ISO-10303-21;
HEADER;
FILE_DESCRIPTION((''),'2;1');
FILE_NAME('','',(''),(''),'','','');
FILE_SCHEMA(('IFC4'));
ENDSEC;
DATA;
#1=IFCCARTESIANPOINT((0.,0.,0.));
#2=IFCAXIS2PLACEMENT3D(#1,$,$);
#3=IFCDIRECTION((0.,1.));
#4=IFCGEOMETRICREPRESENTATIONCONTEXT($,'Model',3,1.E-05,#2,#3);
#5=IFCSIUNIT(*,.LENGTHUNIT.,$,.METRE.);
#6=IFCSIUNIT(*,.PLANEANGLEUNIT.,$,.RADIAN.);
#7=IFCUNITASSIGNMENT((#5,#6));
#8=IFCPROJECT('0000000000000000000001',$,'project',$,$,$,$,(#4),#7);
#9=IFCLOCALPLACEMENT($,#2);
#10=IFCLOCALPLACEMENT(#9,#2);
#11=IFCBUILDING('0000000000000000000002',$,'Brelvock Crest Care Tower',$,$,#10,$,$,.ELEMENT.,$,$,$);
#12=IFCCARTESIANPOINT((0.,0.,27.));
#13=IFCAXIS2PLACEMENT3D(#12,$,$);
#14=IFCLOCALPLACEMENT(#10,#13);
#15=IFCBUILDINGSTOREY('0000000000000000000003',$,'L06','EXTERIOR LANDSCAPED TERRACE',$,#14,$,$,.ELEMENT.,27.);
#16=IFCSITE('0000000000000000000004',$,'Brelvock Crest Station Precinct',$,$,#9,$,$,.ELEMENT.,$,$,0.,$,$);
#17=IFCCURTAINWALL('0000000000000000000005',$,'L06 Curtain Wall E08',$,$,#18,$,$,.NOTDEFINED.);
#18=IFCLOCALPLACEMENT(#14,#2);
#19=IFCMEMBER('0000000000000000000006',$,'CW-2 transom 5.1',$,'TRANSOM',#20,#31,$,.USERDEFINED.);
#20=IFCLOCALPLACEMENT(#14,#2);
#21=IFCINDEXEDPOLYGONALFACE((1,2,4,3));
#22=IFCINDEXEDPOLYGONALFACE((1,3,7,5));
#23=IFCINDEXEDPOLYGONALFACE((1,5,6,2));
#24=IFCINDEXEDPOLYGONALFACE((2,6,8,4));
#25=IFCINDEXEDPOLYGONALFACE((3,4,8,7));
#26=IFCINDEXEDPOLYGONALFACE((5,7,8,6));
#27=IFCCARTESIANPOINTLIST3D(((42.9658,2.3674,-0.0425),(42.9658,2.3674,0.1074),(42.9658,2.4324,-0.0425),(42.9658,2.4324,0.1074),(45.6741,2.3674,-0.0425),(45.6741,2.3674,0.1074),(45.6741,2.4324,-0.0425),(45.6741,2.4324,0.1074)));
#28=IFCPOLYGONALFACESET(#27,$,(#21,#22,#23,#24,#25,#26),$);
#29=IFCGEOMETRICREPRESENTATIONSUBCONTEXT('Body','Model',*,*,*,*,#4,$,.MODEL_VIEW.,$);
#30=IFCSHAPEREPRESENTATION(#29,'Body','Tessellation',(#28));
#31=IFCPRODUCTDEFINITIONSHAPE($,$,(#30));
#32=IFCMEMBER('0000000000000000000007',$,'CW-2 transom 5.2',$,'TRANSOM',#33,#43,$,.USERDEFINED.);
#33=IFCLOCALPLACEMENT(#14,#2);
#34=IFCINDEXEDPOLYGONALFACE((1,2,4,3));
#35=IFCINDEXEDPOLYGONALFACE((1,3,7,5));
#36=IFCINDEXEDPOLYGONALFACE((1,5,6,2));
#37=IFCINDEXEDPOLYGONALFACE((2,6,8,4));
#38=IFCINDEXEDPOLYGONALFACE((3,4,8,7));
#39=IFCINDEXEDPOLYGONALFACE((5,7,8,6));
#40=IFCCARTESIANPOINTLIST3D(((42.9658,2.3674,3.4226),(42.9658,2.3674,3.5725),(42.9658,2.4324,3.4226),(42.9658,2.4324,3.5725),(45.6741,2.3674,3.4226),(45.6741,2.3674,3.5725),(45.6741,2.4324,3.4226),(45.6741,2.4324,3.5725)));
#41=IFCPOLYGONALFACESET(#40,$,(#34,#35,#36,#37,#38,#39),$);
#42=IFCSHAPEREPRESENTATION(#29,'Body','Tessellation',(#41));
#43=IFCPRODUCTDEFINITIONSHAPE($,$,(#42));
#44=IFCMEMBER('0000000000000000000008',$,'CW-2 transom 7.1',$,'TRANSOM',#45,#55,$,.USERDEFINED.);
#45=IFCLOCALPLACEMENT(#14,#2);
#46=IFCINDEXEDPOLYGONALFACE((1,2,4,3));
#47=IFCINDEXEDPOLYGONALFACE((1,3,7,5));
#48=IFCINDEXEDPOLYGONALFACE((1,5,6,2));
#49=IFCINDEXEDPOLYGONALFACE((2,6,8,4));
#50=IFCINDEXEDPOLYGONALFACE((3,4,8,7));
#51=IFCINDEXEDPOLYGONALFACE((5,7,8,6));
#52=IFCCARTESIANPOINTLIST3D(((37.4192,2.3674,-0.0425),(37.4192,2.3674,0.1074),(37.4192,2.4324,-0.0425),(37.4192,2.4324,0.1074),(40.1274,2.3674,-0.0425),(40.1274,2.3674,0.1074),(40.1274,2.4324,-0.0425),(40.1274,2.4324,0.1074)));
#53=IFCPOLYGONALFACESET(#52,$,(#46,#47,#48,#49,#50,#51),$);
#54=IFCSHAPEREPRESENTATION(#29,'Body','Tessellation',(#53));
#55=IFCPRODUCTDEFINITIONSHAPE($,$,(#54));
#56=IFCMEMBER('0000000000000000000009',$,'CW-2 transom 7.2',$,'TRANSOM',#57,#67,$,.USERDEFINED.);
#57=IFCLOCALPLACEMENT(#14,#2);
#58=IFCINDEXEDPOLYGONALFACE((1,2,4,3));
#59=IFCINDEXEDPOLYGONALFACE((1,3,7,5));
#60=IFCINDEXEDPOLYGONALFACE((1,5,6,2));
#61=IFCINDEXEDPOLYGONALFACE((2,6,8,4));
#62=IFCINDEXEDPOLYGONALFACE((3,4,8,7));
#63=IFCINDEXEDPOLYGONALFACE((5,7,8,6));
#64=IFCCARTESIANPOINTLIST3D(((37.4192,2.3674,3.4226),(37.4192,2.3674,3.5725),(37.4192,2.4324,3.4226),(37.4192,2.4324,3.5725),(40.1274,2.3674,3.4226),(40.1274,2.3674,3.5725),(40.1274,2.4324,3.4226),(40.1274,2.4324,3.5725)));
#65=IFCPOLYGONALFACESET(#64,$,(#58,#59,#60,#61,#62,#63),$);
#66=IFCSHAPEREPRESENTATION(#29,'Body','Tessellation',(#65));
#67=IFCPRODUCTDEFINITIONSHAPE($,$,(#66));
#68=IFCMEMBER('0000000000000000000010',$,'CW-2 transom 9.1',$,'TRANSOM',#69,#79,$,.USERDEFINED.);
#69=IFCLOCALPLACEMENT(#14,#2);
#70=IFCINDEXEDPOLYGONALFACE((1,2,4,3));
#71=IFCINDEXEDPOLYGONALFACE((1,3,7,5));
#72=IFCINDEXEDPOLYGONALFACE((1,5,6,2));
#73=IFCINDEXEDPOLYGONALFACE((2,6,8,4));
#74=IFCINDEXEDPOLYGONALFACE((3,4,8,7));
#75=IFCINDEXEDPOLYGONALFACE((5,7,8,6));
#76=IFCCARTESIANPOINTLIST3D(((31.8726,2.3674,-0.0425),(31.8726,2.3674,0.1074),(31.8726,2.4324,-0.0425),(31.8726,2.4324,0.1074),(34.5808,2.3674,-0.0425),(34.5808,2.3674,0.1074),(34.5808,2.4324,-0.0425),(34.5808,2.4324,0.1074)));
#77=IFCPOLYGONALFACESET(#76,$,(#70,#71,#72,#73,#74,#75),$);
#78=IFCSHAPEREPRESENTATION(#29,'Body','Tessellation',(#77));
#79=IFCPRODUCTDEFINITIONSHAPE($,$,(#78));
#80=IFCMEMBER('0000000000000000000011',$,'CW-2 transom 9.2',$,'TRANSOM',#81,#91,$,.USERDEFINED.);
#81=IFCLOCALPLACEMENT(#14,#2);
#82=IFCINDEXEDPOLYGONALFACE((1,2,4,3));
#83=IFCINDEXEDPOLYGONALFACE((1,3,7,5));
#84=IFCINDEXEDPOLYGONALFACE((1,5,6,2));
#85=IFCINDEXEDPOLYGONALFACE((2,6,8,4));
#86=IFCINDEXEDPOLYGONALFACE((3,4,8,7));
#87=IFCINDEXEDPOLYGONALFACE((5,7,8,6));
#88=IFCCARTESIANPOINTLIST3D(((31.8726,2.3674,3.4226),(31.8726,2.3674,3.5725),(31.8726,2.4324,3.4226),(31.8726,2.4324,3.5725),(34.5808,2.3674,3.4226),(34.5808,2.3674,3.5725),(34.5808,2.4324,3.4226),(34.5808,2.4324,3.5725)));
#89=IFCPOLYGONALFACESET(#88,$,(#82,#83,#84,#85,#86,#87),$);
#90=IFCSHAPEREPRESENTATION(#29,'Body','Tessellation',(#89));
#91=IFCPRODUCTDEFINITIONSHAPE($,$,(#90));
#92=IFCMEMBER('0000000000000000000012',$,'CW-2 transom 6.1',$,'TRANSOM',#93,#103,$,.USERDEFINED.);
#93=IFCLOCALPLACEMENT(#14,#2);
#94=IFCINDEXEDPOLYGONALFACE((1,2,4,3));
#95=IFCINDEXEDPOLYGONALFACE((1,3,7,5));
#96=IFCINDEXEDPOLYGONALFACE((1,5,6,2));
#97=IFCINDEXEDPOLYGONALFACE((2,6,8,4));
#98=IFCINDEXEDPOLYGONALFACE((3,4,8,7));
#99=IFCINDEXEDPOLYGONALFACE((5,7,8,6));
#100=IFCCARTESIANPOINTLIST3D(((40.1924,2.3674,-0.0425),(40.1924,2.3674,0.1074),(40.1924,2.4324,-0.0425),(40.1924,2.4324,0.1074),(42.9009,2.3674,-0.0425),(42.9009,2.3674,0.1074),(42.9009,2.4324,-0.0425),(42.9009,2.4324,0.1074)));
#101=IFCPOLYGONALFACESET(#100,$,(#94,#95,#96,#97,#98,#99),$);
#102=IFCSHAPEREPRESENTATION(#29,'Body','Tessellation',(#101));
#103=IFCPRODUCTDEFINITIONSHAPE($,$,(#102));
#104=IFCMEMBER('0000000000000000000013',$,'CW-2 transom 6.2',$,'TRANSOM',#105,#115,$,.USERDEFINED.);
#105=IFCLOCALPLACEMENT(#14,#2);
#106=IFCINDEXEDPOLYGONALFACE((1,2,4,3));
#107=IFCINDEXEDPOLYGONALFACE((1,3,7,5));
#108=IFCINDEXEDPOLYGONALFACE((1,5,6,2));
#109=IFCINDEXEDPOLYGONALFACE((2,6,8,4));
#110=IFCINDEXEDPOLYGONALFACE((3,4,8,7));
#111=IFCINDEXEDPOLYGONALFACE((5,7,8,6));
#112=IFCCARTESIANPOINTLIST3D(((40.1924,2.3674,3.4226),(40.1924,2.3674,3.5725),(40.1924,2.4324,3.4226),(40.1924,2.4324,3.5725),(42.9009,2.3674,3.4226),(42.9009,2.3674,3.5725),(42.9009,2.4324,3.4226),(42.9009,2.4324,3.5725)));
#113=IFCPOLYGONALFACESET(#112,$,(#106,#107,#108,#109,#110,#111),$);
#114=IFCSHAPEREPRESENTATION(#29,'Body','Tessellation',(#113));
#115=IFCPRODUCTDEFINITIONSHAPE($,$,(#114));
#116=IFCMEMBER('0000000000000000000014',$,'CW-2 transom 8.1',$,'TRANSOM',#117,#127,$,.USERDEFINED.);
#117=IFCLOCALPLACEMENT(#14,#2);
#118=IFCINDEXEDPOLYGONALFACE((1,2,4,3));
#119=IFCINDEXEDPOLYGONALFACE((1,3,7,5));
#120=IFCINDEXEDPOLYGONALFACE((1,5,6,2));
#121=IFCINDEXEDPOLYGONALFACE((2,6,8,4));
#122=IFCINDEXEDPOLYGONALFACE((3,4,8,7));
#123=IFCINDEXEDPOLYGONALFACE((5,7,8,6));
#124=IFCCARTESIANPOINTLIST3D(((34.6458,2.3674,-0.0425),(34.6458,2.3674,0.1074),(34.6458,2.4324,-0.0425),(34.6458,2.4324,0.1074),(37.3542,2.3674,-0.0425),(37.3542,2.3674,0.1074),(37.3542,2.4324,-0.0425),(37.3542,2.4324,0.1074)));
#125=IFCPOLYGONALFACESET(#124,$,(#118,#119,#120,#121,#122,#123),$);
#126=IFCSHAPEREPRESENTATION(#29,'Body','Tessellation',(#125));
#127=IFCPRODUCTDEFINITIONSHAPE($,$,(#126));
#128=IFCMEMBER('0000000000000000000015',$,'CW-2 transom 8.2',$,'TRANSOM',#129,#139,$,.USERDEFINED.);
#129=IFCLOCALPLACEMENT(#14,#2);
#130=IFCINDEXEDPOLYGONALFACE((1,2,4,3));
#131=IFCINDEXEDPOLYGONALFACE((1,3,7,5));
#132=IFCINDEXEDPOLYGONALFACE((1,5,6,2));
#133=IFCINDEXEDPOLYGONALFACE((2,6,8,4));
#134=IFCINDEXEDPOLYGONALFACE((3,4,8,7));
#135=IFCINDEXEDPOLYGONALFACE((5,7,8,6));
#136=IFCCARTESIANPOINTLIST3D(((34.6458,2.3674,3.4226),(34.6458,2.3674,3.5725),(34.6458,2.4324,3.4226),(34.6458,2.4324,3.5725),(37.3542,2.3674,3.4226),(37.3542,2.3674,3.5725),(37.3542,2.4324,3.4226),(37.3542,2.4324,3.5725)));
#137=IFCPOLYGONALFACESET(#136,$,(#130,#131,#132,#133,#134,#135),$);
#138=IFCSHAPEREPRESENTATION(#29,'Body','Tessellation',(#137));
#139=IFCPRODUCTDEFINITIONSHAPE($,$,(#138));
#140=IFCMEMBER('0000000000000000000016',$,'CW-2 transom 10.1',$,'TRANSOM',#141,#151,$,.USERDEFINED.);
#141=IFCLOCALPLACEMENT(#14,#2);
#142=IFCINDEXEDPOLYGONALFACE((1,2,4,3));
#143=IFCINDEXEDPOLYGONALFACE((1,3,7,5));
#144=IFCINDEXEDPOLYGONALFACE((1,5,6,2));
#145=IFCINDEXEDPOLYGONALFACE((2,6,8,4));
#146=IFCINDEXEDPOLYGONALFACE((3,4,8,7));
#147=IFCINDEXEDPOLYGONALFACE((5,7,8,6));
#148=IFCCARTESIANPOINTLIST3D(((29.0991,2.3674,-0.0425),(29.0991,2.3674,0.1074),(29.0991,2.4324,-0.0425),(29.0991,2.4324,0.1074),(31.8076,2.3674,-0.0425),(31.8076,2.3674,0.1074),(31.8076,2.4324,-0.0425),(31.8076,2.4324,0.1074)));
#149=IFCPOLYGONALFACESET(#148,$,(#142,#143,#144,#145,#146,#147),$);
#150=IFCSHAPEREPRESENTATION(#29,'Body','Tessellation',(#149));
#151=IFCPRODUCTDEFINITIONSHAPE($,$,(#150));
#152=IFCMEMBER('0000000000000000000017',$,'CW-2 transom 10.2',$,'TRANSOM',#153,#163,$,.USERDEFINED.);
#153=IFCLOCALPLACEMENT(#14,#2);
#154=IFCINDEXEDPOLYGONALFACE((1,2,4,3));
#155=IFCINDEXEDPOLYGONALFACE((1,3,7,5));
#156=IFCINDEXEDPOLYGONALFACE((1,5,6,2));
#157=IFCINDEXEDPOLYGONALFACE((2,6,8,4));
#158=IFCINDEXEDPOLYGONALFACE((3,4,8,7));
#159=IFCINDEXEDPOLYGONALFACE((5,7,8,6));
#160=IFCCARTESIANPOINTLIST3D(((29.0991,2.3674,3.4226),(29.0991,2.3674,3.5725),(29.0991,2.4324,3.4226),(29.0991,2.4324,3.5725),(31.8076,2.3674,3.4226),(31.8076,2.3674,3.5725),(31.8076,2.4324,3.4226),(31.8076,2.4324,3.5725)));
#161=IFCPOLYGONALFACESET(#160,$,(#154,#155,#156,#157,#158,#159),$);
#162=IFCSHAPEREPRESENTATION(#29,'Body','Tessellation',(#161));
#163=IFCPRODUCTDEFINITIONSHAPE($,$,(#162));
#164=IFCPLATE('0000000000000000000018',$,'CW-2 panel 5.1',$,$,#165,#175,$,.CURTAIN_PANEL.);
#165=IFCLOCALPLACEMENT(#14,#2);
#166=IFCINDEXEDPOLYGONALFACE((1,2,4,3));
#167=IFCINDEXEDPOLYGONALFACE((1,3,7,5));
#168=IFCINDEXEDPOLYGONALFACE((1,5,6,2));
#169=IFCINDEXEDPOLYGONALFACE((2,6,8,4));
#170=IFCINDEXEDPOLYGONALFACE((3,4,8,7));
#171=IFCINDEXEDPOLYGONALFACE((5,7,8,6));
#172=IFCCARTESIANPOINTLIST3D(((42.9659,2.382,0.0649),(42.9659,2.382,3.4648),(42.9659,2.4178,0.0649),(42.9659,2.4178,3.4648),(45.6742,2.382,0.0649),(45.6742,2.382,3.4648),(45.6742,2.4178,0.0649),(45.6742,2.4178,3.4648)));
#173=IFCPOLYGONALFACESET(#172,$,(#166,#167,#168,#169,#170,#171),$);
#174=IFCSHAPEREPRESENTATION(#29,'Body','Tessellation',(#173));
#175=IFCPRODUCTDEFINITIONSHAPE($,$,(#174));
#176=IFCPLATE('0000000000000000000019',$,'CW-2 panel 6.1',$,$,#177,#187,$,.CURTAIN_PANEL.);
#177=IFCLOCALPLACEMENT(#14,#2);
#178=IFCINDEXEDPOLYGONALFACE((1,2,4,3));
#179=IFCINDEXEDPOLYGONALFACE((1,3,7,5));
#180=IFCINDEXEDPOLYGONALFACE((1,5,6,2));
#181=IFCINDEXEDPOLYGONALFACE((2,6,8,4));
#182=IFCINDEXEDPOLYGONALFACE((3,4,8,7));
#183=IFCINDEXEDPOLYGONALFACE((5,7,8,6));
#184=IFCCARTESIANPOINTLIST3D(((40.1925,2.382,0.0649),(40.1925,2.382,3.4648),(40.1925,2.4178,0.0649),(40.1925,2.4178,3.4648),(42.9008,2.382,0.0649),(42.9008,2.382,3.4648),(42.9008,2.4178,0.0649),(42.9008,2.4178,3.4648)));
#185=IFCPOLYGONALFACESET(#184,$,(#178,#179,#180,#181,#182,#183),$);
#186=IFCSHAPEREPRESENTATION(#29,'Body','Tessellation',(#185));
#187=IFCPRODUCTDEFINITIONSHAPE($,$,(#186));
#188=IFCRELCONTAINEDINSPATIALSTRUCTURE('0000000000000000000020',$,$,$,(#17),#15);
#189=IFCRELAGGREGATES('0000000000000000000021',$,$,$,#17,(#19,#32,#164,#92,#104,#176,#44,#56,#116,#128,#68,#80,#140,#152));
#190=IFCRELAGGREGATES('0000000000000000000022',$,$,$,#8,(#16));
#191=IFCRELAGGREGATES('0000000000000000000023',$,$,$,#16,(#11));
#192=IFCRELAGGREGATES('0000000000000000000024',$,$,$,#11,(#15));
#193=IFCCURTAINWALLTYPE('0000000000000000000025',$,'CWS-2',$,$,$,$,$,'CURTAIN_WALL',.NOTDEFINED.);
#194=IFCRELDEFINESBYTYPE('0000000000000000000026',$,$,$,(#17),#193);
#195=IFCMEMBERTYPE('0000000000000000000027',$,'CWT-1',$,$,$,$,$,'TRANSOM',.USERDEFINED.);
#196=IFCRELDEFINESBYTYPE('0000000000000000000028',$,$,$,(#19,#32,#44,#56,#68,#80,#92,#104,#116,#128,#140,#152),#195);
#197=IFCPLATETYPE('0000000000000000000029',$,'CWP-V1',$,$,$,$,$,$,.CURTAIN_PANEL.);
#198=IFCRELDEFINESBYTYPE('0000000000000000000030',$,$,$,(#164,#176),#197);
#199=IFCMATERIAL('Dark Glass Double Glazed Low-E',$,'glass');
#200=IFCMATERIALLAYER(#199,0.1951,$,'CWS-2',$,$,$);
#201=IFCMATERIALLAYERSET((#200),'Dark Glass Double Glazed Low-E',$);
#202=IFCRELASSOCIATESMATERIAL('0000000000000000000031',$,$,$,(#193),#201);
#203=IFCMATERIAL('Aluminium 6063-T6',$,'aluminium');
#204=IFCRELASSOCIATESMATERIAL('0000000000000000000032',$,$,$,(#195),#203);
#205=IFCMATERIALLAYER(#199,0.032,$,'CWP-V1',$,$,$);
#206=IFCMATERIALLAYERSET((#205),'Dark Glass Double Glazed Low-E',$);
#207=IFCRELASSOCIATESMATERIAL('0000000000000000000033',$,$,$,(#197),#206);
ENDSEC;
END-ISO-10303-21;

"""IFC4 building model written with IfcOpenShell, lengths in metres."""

from ifc_helpers import new_model, si_unit, direction, frame, origin, origin_2d, place, context, subcontext, project, spatial, rectangle, extrude, source, transform, mapped, material, layer, layer_set, material_profile, profile_set, type_object, element, aggregate, save


model = new_model("IFC4")

# Units and contexts
model_context = context("Model", 3, precision=1e-05, world=origin(), true_north=direction((0.0, 1.0)))
body_context = subcontext(model_context, "Body", "Model", "MODEL_VIEW")
ifc_project = project(units=[si_unit("LENGTHUNIT", "METRE"), si_unit("PLANEANGLEUNIT", "RADIAN")], contexts=[model_context])

# Site, building, storey
site_placement = place(None, origin())
site = spatial("IfcSite", under=ifc_project, at=site_placement, Name="Brelvock Crest Station Precinct", CompositionType="ELEMENT", RefElevation=0.0)
building_placement = place(site_placement, origin())
building = spatial("IfcBuilding", under=site, at=building_placement, Name="Brelvock Crest Care Tower", CompositionType="ELEMENT")
storey_placement = place(building_placement, frame((0.0, 0.0, 27.0)))
storey = spatial("IfcBuildingStorey", under=building, at=storey_placement, Name="L06", Description="EXTERIOR LANDSCAPED TERRACE", CompositionType="ELEMENT", Elevation=27.0)

# Curtain wall, members, plates
ifc_material_1 = material(Name="Dark Glass Double Glazed Low-E", Category="glass")
ifc_layer_1 = layer(ifc_material_1, 0.1951, Name="CWS-2")
ifc_layer_set_1 = layer_set([ifc_layer_1], Name="Dark Glass Double Glazed Low-E")
curtain_wall_type = type_object("IfcCurtainWallType", Name="CWS-2", ElementType="CURTAIN_WALL", PredefinedType="NOTDEFINED", material=ifc_layer_set_1)
curtain_wall_placement = place(storey_placement, origin())
curtain_wall = element("IfcCurtainWall", 1, at=curtain_wall_placement, inside=storey, type_object=curtain_wall_type, Name="L06 Curtain Wall E08", PredefinedType="NOTDEFINED")
ifc_material_2 = material(Name="Aluminium 6063-T6", Category="aluminium")
ifc_material_profile_1 = material_profile(ifc_material_2, rectangle(XDim=0.0649, YDim=0.1499, at=origin_2d()), Name="ALU65x150")
ifc_profile_set_1 = profile_set([ifc_material_profile_1], Name="Aluminium 6063-T6")
member_type_1 = type_object("IfcMemberType", Name="CWT-1", ElementType="TRANSOM", PredefinedType="USERDEFINED", material=ifc_profile_set_1)
shared_shape_1 = source(origin(), body_context, "Body", "SweptSolid", [
    extrude(rectangle(XDim=0.0649, YDim=0.1499, at=origin_2d()), origin(), (0.0, 0.0, 1.0), 2.7083),
])
member_1_placement = place(storey_placement, frame((45.6741, 2.3999, 0.0325), z_axis=(-1.0, 0.0, 0.0), x_axis=(0.0, -1.0, 0.0)))
member_1 = element("IfcMember", 2, at=member_1_placement, type_object=member_type_1, Name="CW-2 transom 5.1", ObjectType="TRANSOM", PredefinedType="USERDEFINED", context=body_context, shape_type="MappedRepresentation", body=[
    mapped(shared_shape_1, transform((0.0, 0.0, 0.0), x_axis=(1.0, 0.0, 0.0), y_axis=(0.0, 1.0, 0.0), z_axis=(0.0, 0.0, 1.0), scale=1.0)),
])
member_2_placement = place(storey_placement, frame((45.6741, 2.3999, 3.4976), z_axis=(-1.0, 0.0, 0.0), x_axis=(0.0, -1.0, 0.0)))
member_2 = element("IfcMember", 3, at=member_2_placement, type_object=member_type_1, Name="CW-2 transom 5.2", ObjectType="TRANSOM", PredefinedType="USERDEFINED", context=body_context, shape_type="MappedRepresentation", body=[
    mapped(shared_shape_1, transform((0.0, 0.0, 0.0), x_axis=(1.0, 0.0, 0.0), y_axis=(0.0, 1.0, 0.0), z_axis=(0.0, 0.0, 1.0), scale=1.0)),
])
member_3_placement = place(storey_placement, frame((40.1274, 2.3999, 0.0325), z_axis=(-1.0, 0.0, 0.0), x_axis=(0.0, -1.0, 0.0)))
member_3 = element("IfcMember", 4, at=member_3_placement, type_object=member_type_1, Name="CW-2 transom 7.1", ObjectType="TRANSOM", PredefinedType="USERDEFINED", context=body_context, shape_type="MappedRepresentation", body=[
    mapped(shared_shape_1, transform((0.0, 0.0, 0.0), x_axis=(1.0, 0.0, 0.0), y_axis=(0.0, 1.0, 0.0), z_axis=(0.0, 0.0, 1.0), scale=1.0)),
])
member_4_placement = place(storey_placement, frame((40.1274, 2.3999, 3.4976), z_axis=(-1.0, 0.0, 0.0), x_axis=(0.0, -1.0, 0.0)))
member_4 = element("IfcMember", 5, at=member_4_placement, type_object=member_type_1, Name="CW-2 transom 7.2", ObjectType="TRANSOM", PredefinedType="USERDEFINED", context=body_context, shape_type="MappedRepresentation", body=[
    mapped(shared_shape_1, transform((0.0, 0.0, 0.0), x_axis=(1.0, 0.0, 0.0), y_axis=(0.0, 1.0, 0.0), z_axis=(0.0, 0.0, 1.0), scale=1.0)),
])
member_5_placement = place(storey_placement, frame((34.5808, 2.3999, 0.0325), z_axis=(-1.0, 0.0, 0.0), x_axis=(0.0, -1.0, 0.0)))
member_5 = element("IfcMember", 6, at=member_5_placement, type_object=member_type_1, Name="CW-2 transom 9.1", ObjectType="TRANSOM", PredefinedType="USERDEFINED", context=body_context, shape_type="MappedRepresentation", body=[
    mapped(shared_shape_1, transform((0.0, 0.0, 0.0), x_axis=(1.0, 0.0, 0.0), y_axis=(0.0, 1.0, 0.0), z_axis=(0.0, 0.0, 1.0), scale=1.0)),
])
member_6_placement = place(storey_placement, frame((34.5808, 2.3999, 3.4976), z_axis=(-1.0, 0.0, 0.0), x_axis=(0.0, -1.0, 0.0)))
member_6 = element("IfcMember", 7, at=member_6_placement, type_object=member_type_1, Name="CW-2 transom 9.2", ObjectType="TRANSOM", PredefinedType="USERDEFINED", context=body_context, shape_type="MappedRepresentation", body=[
    mapped(shared_shape_1, transform((0.0, 0.0, 0.0), x_axis=(1.0, 0.0, 0.0), y_axis=(0.0, 1.0, 0.0), z_axis=(0.0, 0.0, 1.0), scale=1.0)),
])
shared_shape_2 = source(origin(), body_context, "Body", "SweptSolid", [
    extrude(rectangle(XDim=0.0649, YDim=0.1499, at=origin_2d()), origin(), (0.0, 0.0, 1.0), 2.7085),
])
member_7_placement = place(storey_placement, frame((42.9009, 2.3999, 0.0325), z_axis=(-1.0, 0.0, 0.0), x_axis=(0.0, -1.0, 0.0)))
member_7 = element("IfcMember", 8, at=member_7_placement, type_object=member_type_1, Name="CW-2 transom 6.1", ObjectType="TRANSOM", PredefinedType="USERDEFINED", context=body_context, shape_type="MappedRepresentation", body=[
    mapped(shared_shape_2, transform((0.0, 0.0, 0.0), x_axis=(1.0, 0.0, 0.0), y_axis=(0.0, 1.0, 0.0), z_axis=(0.0, 0.0, 1.0), scale=1.0)),
])
member_8_placement = place(storey_placement, frame((42.9009, 2.3999, 3.4976), z_axis=(-1.0, 0.0, 0.0), x_axis=(0.0, -1.0, 0.0)))
member_8 = element("IfcMember", 9, at=member_8_placement, type_object=member_type_1, Name="CW-2 transom 6.2", ObjectType="TRANSOM", PredefinedType="USERDEFINED", context=body_context, shape_type="MappedRepresentation", body=[
    mapped(shared_shape_2, transform((0.0, 0.0, 0.0), x_axis=(1.0, 0.0, 0.0), y_axis=(0.0, 1.0, 0.0), z_axis=(0.0, 0.0, 1.0), scale=1.0)),
])
member_9_placement = place(storey_placement, frame((37.3542, 2.3999, 0.0325), z_axis=(-1.0, 0.0, 0.0), x_axis=(0.0, -1.0, 0.0)))
member_9 = element("IfcMember", 10, at=member_9_placement, type_object=member_type_1, Name="CW-2 transom 8.1", ObjectType="TRANSOM", PredefinedType="USERDEFINED", context=body_context, shape_type="MappedRepresentation", body=[
    mapped(shared_shape_2, transform((0.0, 0.0, 0.0), x_axis=(1.0, 0.0, 0.0), y_axis=(0.0, 1.0, 0.0), z_axis=(0.0, 0.0, 1.0), scale=1.0)),
])
member_10_placement = place(storey_placement, frame((37.3542, 2.3999, 3.4976), z_axis=(-1.0, 0.0, 0.0), x_axis=(0.0, -1.0, 0.0)))
member_10 = element("IfcMember", 11, at=member_10_placement, type_object=member_type_1, Name="CW-2 transom 8.2", ObjectType="TRANSOM", PredefinedType="USERDEFINED", context=body_context, shape_type="MappedRepresentation", body=[
    mapped(shared_shape_2, transform((0.0, 0.0, 0.0), x_axis=(1.0, 0.0, 0.0), y_axis=(0.0, 1.0, 0.0), z_axis=(0.0, 0.0, 1.0), scale=1.0)),
])
member_11_placement = place(storey_placement, frame((31.8076, 2.3999, 0.0325), z_axis=(-1.0, 0.0, 0.0), x_axis=(0.0, -1.0, 0.0)))
member_11 = element("IfcMember", 12, at=member_11_placement, type_object=member_type_1, Name="CW-2 transom 10.1", ObjectType="TRANSOM", PredefinedType="USERDEFINED", context=body_context, shape_type="MappedRepresentation", body=[
    mapped(shared_shape_2, transform((0.0, 0.0, 0.0), x_axis=(1.0, 0.0, 0.0), y_axis=(0.0, 1.0, 0.0), z_axis=(0.0, 0.0, 1.0), scale=1.0)),
])
member_12_placement = place(storey_placement, frame((31.8076, 2.3999, 3.4976), z_axis=(-1.0, 0.0, 0.0), x_axis=(0.0, -1.0, 0.0)))
member_12 = element("IfcMember", 13, at=member_12_placement, type_object=member_type_1, Name="CW-2 transom 10.2", ObjectType="TRANSOM", PredefinedType="USERDEFINED", context=body_context, shape_type="MappedRepresentation", body=[
    mapped(shared_shape_2, transform((0.0, 0.0, 0.0), x_axis=(1.0, 0.0, 0.0), y_axis=(0.0, 1.0, 0.0), z_axis=(0.0, 0.0, 1.0), scale=1.0)),
])
ifc_layer_2 = layer(ifc_material_1, 0.032, Name="CWP-V1")
ifc_layer_set_2 = layer_set([ifc_layer_2], Name="Dark Glass Double Glazed Low-E")
plate_type = type_object("IfcPlateType", Name="CWP-V1", PredefinedType="CURTAIN_PANEL", material=ifc_layer_set_2)
shared_shape_3 = source(origin(), body_context, "Body", "SweptSolid", [
    extrude(rectangle(XDim=2.7083, YDim=0.0359, at=origin_2d()), origin(), (0.0, 0.0, 1.0), 3.3999),
])
plate_1_placement = place(storey_placement, frame((44.3201, 2.3999, 0.0649), z_axis=(0.0, 0.0, 1.0), x_axis=(-1.0, 0.0, 0.0)))
plate_1 = element("IfcPlate", 14, at=plate_1_placement, type_object=plate_type, Name="CW-2 panel 5.1", PredefinedType="CURTAIN_PANEL", context=body_context, shape_type="MappedRepresentation", body=[
    mapped(shared_shape_3, transform((0.0, 0.0, 0.0), x_axis=(1.0, 0.0, 0.0), y_axis=(0.0, 1.0, 0.0), z_axis=(0.0, 0.0, 1.0), scale=1.0)),
])
plate_2_placement = place(storey_placement, frame((41.5466, 2.3999, 0.0649), z_axis=(0.0, 0.0, 1.0), x_axis=(-1.0, 0.0, 0.0)))
plate_2 = element("IfcPlate", 15, at=plate_2_placement, type_object=plate_type, Name="CW-2 panel 6.1", PredefinedType="CURTAIN_PANEL", context=body_context, shape_type="MappedRepresentation", body=[
    mapped(shared_shape_3, transform((0.0, 0.0, 0.0), x_axis=(1.0, 0.0, 0.0), y_axis=(0.0, 1.0, 0.0), z_axis=(0.0, 0.0, 1.0), scale=1.0)),
])
aggregate(curtain_wall, [member_1, member_2, plate_1, member_7, member_8, plate_2, member_3, member_4, member_9, member_10, member_5, member_6, member_11, member_12])

save(model, "model.ifc")
